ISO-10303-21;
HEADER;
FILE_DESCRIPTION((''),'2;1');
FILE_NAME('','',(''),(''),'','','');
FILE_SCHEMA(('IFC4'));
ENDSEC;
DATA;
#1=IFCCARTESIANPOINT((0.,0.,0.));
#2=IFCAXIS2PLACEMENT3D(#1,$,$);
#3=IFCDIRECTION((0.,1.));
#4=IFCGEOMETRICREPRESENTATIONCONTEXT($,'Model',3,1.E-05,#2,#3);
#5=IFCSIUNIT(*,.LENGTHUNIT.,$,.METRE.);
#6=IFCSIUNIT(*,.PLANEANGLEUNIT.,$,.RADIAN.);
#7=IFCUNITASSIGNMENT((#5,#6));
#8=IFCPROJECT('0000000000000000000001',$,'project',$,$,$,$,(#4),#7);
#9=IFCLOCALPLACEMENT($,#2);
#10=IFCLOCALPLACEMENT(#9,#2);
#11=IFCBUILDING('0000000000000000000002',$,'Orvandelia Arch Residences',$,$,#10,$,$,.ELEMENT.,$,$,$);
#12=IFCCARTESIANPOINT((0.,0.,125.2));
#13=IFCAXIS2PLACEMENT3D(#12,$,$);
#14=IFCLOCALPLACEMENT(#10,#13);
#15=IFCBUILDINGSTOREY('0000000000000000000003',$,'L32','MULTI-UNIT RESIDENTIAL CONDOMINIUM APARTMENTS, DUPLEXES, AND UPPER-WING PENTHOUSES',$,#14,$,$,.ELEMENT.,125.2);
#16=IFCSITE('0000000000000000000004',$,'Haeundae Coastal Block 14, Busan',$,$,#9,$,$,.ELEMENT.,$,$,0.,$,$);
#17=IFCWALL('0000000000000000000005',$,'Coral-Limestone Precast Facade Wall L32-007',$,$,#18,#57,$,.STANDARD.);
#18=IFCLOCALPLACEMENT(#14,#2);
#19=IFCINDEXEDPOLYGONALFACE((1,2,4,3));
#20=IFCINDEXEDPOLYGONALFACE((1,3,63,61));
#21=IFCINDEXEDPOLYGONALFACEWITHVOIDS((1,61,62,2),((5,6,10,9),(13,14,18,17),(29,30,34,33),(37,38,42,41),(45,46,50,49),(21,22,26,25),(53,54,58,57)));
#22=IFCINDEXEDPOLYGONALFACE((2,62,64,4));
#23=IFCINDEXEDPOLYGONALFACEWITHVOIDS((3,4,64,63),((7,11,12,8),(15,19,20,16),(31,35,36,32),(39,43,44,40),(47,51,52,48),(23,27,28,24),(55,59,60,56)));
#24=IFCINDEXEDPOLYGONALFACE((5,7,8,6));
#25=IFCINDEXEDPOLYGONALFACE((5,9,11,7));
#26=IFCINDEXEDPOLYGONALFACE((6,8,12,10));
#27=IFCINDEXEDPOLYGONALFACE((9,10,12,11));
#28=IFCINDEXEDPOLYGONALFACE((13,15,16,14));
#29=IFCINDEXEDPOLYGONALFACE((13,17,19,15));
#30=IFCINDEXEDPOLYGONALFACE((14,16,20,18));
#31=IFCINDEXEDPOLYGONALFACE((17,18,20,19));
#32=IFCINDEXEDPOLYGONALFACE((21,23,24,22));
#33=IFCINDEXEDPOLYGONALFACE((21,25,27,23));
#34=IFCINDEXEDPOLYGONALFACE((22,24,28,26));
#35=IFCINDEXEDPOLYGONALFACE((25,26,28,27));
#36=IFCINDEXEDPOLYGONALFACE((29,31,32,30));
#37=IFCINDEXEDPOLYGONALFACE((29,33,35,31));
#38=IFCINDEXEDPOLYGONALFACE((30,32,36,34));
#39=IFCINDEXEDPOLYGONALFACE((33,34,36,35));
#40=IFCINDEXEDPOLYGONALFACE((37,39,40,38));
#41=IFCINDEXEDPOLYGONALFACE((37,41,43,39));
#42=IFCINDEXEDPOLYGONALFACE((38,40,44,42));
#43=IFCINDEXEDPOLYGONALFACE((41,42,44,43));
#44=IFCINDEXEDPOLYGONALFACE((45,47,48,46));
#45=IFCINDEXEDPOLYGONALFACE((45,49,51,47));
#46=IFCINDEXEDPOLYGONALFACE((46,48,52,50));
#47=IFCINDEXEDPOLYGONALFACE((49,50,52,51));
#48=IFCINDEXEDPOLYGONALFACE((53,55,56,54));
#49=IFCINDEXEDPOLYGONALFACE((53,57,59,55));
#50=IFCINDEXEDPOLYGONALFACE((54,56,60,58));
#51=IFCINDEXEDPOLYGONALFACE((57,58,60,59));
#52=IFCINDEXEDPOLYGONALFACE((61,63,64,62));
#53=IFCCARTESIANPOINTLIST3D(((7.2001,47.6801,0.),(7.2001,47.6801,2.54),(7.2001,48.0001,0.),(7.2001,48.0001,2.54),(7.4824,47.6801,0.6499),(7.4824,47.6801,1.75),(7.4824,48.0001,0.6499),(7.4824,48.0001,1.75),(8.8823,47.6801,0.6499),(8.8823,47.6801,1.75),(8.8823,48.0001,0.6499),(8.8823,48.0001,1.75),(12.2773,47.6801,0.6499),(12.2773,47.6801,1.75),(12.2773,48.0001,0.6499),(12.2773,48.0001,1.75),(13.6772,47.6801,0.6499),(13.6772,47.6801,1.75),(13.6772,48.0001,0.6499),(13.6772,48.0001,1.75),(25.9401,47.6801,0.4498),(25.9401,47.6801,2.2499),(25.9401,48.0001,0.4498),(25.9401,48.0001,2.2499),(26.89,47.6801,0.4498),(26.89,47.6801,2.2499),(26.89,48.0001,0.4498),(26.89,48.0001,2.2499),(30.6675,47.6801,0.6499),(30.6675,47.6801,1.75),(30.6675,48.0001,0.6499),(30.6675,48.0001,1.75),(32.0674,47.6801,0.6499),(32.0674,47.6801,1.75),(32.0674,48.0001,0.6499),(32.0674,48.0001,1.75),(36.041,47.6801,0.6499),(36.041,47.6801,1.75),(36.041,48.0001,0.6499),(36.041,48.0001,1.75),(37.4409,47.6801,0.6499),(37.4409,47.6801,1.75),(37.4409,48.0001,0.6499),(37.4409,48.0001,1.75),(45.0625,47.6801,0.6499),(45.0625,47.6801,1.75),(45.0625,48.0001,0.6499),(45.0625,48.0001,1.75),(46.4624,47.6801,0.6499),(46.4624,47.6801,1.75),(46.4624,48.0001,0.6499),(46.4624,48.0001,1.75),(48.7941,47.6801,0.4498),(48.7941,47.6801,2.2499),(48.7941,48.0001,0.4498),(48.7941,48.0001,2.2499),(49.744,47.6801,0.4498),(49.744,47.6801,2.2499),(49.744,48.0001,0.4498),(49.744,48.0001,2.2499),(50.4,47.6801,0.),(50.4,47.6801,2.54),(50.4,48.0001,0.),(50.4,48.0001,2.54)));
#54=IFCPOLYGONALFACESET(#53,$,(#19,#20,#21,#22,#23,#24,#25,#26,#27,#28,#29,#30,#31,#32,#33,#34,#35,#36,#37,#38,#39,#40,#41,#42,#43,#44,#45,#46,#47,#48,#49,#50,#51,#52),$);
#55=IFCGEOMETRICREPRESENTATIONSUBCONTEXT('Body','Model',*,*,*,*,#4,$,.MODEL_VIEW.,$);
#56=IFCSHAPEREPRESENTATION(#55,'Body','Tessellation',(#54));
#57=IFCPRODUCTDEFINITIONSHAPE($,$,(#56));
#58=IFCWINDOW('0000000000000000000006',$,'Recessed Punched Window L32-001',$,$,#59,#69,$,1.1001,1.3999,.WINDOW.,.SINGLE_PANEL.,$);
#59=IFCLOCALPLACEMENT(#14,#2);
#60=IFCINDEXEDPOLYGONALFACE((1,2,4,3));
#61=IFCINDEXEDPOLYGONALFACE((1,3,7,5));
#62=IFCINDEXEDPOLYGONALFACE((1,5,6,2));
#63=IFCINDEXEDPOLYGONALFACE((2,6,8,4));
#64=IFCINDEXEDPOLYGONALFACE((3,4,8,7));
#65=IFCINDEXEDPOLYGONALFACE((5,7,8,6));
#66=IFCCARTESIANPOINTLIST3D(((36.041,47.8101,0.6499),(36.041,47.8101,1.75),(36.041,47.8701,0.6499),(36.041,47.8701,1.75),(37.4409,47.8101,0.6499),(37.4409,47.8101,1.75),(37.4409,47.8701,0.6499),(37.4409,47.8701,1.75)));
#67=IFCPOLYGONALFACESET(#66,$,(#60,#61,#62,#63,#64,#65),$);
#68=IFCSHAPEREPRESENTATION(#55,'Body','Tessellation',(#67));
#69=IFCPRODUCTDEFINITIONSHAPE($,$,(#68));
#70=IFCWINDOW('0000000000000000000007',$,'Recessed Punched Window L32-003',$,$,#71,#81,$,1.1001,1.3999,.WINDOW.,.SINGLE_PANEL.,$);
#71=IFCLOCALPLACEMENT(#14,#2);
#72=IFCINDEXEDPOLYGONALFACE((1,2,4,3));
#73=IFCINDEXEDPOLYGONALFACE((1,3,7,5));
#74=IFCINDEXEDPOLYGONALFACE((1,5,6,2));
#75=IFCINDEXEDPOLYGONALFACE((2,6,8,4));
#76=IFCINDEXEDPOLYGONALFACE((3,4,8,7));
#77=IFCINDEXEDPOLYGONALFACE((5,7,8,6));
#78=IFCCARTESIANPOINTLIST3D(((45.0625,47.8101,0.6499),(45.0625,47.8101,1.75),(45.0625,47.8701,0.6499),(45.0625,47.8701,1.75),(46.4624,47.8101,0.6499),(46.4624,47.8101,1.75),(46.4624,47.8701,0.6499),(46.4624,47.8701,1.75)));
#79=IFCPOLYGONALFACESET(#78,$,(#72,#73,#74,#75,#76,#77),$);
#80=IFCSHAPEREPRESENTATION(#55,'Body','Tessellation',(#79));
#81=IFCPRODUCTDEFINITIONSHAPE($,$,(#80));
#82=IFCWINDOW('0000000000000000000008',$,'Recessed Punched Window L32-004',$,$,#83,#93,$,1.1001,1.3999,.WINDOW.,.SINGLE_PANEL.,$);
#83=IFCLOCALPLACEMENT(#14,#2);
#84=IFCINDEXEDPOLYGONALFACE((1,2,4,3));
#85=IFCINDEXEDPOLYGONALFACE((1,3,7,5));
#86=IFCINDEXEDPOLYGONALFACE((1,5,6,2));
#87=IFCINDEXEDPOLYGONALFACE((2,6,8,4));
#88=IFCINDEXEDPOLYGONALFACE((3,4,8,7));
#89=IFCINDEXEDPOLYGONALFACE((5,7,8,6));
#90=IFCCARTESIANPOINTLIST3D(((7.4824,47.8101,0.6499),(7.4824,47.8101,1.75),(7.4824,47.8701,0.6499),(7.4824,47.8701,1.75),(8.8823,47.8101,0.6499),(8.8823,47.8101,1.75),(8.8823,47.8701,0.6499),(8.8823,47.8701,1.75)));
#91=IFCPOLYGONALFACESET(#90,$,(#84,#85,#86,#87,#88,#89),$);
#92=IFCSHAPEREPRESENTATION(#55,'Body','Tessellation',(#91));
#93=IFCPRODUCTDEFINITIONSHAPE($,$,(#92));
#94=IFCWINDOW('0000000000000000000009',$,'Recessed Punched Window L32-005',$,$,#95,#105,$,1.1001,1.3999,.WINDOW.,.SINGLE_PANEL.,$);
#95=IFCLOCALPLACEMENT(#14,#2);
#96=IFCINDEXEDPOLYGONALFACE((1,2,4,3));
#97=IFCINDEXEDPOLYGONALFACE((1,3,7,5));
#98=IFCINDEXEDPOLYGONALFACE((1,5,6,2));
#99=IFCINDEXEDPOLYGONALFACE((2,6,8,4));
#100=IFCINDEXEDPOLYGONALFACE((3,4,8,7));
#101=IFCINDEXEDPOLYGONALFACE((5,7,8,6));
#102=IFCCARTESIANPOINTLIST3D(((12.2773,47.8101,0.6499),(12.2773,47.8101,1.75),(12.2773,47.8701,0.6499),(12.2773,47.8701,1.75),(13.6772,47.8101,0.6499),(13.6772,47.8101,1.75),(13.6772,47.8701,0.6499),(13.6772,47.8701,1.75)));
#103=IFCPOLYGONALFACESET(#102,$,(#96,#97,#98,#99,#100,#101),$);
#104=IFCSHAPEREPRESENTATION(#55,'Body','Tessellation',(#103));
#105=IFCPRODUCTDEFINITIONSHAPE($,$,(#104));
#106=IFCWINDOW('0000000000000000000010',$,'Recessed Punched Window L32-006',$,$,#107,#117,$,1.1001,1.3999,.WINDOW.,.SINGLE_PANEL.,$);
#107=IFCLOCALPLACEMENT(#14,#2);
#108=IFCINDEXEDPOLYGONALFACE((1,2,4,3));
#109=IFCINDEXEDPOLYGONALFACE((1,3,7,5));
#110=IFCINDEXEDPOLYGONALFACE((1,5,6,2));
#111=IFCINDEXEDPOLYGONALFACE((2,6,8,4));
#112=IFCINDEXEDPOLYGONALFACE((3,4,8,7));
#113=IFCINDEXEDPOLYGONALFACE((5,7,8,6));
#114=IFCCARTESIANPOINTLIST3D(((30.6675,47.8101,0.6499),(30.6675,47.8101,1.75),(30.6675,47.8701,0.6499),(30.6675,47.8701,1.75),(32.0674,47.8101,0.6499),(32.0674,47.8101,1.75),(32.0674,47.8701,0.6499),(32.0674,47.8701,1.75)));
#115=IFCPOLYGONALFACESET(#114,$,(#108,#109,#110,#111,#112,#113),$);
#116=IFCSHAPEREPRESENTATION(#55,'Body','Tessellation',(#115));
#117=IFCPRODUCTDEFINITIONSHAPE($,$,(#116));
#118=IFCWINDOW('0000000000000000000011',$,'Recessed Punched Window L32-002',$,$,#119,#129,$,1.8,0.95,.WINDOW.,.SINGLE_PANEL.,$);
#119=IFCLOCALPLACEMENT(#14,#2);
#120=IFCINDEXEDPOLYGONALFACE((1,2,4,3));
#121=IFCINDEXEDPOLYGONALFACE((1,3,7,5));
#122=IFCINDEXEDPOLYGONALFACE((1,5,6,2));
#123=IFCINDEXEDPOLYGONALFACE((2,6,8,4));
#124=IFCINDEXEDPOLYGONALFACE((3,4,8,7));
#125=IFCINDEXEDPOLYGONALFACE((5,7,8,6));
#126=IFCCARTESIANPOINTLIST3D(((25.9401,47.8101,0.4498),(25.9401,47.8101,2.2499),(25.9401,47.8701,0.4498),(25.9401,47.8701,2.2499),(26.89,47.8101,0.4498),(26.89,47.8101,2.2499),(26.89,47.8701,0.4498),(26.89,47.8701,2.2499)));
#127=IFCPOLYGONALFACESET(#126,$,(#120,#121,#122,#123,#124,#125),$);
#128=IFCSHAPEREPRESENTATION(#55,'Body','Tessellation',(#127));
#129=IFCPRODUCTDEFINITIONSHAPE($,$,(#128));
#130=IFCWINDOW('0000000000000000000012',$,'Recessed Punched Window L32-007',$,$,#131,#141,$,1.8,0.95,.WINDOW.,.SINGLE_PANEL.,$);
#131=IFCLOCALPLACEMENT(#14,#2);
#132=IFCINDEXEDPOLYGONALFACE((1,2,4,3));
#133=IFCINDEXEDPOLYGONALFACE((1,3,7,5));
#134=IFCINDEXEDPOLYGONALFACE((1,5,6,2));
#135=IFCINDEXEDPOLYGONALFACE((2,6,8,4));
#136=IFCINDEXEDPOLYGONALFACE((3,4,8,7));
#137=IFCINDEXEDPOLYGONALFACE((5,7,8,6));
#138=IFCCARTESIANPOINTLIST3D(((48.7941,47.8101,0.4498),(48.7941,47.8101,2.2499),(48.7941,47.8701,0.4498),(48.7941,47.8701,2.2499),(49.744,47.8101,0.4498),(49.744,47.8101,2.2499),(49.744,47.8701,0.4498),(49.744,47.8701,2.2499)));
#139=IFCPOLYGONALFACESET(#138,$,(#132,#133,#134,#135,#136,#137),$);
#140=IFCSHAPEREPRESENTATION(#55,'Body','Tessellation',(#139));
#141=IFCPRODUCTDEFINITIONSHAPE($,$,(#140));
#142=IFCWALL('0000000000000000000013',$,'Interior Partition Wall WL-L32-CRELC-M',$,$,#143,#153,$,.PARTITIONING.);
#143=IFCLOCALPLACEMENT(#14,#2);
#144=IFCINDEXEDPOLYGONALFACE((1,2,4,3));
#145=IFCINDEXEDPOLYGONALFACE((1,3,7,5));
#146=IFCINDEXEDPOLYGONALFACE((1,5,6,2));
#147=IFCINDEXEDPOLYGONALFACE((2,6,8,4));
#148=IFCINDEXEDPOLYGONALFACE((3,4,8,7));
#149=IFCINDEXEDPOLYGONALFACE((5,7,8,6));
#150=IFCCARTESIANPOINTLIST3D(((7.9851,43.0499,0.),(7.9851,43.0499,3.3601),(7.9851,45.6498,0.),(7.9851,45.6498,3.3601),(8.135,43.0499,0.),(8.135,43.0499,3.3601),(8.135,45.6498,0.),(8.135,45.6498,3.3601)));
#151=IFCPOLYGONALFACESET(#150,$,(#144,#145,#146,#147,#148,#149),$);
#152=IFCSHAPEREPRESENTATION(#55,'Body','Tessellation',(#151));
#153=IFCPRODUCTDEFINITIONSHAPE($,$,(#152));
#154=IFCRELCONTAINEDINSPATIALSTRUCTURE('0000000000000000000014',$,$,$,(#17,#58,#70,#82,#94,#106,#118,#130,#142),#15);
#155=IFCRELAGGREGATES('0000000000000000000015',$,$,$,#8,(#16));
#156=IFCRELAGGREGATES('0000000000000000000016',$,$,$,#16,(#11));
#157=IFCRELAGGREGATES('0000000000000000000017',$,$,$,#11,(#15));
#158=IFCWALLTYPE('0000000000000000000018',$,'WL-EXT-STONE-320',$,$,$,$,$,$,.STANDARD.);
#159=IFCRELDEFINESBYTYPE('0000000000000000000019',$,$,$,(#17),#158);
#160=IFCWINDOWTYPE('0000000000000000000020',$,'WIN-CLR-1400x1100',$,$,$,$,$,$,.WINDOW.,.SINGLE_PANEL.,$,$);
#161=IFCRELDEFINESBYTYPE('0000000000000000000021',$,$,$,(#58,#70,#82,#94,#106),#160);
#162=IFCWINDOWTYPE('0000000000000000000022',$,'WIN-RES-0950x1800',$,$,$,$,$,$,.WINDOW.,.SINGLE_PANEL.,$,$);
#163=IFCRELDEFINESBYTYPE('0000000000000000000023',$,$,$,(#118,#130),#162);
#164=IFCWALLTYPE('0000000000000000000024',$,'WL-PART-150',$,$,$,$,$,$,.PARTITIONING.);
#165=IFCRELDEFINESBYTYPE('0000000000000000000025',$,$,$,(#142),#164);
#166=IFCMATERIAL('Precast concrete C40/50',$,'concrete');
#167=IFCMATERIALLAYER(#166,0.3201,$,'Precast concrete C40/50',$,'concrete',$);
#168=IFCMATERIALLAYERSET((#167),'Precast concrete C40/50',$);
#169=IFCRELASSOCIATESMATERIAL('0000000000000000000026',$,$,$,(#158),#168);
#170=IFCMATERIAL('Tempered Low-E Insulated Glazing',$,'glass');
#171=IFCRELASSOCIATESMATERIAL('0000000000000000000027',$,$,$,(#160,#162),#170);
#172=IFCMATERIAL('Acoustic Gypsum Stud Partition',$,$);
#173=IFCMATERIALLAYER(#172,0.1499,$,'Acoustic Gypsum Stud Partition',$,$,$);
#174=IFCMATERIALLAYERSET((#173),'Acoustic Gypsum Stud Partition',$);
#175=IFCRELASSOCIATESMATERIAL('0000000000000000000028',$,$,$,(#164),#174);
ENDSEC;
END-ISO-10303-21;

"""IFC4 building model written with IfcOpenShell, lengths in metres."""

from ifc_helpers import new_model, si_unit, direction, frame, frame_2d, origin, place, context, subcontext, project, spatial, rectangle, extrude, material, layer, layer_set, type_object, element, fill, save


model = new_model("IFC4")

# Units and contexts
model_context = context("Model", 3, precision=1e-05, world=origin(), true_north=direction((0.0, 1.0)))
body_context = subcontext(model_context, "Body", "Model", "MODEL_VIEW")
ifc_project = project(units=[si_unit("LENGTHUNIT", "METRE"), si_unit("PLANEANGLEUNIT", "RADIAN")], contexts=[model_context])

# Site, building, storey
site_placement = place(None, origin())
site = spatial("IfcSite", under=ifc_project, at=site_placement, Name="Haeundae Coastal Block 14, Busan", CompositionType="ELEMENT", RefElevation=0.0)
building_placement = place(site_placement, origin())
building = spatial("IfcBuilding", under=site, at=building_placement, Name="Orvandelia Arch Residences", CompositionType="ELEMENT")
storey_placement = place(building_placement, frame((0.0, 0.0, 125.2)))
storey = spatial("IfcBuildingStorey", under=building, at=storey_placement, Name="L32", Description="MULTI-UNIT RESIDENTIAL CONDOMINIUM APARTMENTS, DUPLEXES, AND UPPER-WING PENTHOUSES", CompositionType="ELEMENT", Elevation=125.2)

# Wall, openings, windows
ifc_material_1 = material(Name="Precast concrete C40/50", Category="concrete")
ifc_layer_1 = layer(ifc_material_1, 0.3201, Name="Precast concrete C40/50", Category="concrete")
ifc_layer_set_1 = layer_set([ifc_layer_1], Name="Precast concrete C40/50")
wall_type_1 = type_object("IfcWallType", Name="WL-EXT-STONE-320", PredefinedType="STANDARD", material=ifc_layer_set_1)
wall_1_placement = place(storey_placement, frame((7.2, 47.8401, 0.0), z_axis=(0.0, 0.0, 1.0), x_axis=(1.0, 0.0, 0.0)))
wall_1 = element("IfcWall", 1, at=wall_1_placement, inside=storey, type_object=wall_type_1, Name="Coral-Limestone Precast Facade Wall L32-007", PredefinedType="STANDARD", context=body_context, shape_type="SweptSolid", body=[
    extrude(rectangle(XDim=43.2, YDim=0.3201, at=frame_2d((21.6001, 0.0))), origin(), (0.0, 0.0, 1.0), 2.54),
])
opening_1_placement = place(wall_1_placement, frame((28.8411, 0.0, 0.6499)))
opening_1 = element("IfcOpeningElement", 2, at=opening_1_placement, cuts=wall_1, PredefinedType="OPENING", context=body_context, shape_type="SweptSolid", body=[
    extrude(rectangle(XDim=1.3999, YDim=1.1001, at=frame_2d((0.7, 0.55))), frame((0.0, 0.1699, 0.0), z_axis=(0.0, -1.0, 0.0), x_axis=(1.0, 0.0, 0.0)), (0.0, 0.0, 1.0), 0.3401),
])
opening_2_placement = place(wall_1_placement, frame((18.74, 0.0, 0.45)))
opening_2 = element("IfcOpeningElement", 3, at=opening_2_placement, cuts=wall_1, PredefinedType="OPENING", context=body_context, shape_type="SweptSolid", body=[
    extrude(rectangle(XDim=0.95, YDim=1.8, at=frame_2d((0.4751, 0.8999))), frame((0.0, 0.1699, 0.0), z_axis=(0.0, -1.0, 0.0), x_axis=(1.0, 0.0, 0.0)), (0.0, 0.0, 1.0), 0.3401),
])
opening_3_placement = place(wall_1_placement, frame((37.8625, 0.0, 0.6499)))
opening_3 = element("IfcOpeningElement", 4, at=opening_3_placement, cuts=wall_1, PredefinedType="OPENING", context=body_context, shape_type="SweptSolid", body=[
    extrude(rectangle(XDim=1.3999, YDim=1.1001, at=frame_2d((0.7, 0.55))), frame((0.0, 0.1699, 0.0), z_axis=(0.0, -1.0, 0.0), x_axis=(1.0, 0.0, 0.0)), (0.0, 0.0, 1.0), 0.3401),
])
opening_4_placement = place(wall_1_placement, frame((0.2825, 0.0, 0.6499)))
opening_4 = element("IfcOpeningElement", 5, at=opening_4_placement, cuts=wall_1, PredefinedType="OPENING", context=body_context, shape_type="SweptSolid", body=[
    extrude(rectangle(XDim=1.3999, YDim=1.1001, at=frame_2d((0.7, 0.55))), frame((0.0, 0.1699, 0.0), z_axis=(0.0, -1.0, 0.0), x_axis=(1.0, 0.0, 0.0)), (0.0, 0.0, 1.0), 0.3401),
])
opening_5_placement = place(wall_1_placement, frame((5.0774, 0.0, 0.6499)))
opening_5 = element("IfcOpeningElement", 6, at=opening_5_placement, cuts=wall_1, PredefinedType="OPENING", context=body_context, shape_type="SweptSolid", body=[
    extrude(rectangle(XDim=1.3999, YDim=1.1001, at=frame_2d((0.7, 0.55))), frame((0.0, 0.1699, 0.0), z_axis=(0.0, -1.0, 0.0), x_axis=(1.0, 0.0, 0.0)), (0.0, 0.0, 1.0), 0.3401),
])
opening_6_placement = place(wall_1_placement, frame((23.4675, 0.0, 0.6499)))
opening_6 = element("IfcOpeningElement", 7, at=opening_6_placement, cuts=wall_1, PredefinedType="OPENING", context=body_context, shape_type="SweptSolid", body=[
    extrude(rectangle(XDim=1.3999, YDim=1.1001, at=frame_2d((0.7, 0.55))), frame((0.0, 0.1699, 0.0), z_axis=(0.0, -1.0, 0.0), x_axis=(1.0, 0.0, 0.0)), (0.0, 0.0, 1.0), 0.3401),
])
opening_7_placement = place(wall_1_placement, frame((41.594, 0.0, 0.45)))
opening_7 = element("IfcOpeningElement", 8, at=opening_7_placement, cuts=wall_1, PredefinedType="OPENING", context=body_context, shape_type="SweptSolid", body=[
    extrude(rectangle(XDim=0.95, YDim=1.8, at=frame_2d((0.4751, 0.8999))), frame((0.0, 0.1699, 0.0), z_axis=(0.0, -1.0, 0.0), x_axis=(1.0, 0.0, 0.0)), (0.0, 0.0, 1.0), 0.3401),
])
ifc_material_2 = material(Name="Tempered Low-E Insulated Glazing", Category="glass")
window_type_1 = type_object("IfcWindowType", Name="WIN-CLR-1400x1100", PartitioningType="SINGLE_PANEL", PredefinedType="WINDOW", material=ifc_material_2)
window_1_placement = place(opening_1_placement, origin())
window_1 = element("IfcWindow", 9, at=window_1_placement, inside=storey, type_object=window_type_1, Name="Recessed Punched Window L32-001", OverallHeight=1.1001, OverallWidth=1.3999, PartitioningType="SINGLE_PANEL", PredefinedType="WINDOW", context=body_context, shape_type="SweptSolid", body=[
    extrude(rectangle(XDim=1.3999, YDim=1.1001, at=frame_2d((0.7, 0.55))), frame((0.0, 0.03, 0.0), z_axis=(0.0, -1.0, 0.0), x_axis=(1.0, 0.0, 0.0)), (0.0, 0.0, 1.0), 0.0601),
])
fill(opening_1, window_1)
window_2_placement = place(opening_3_placement, origin())
window_2 = element("IfcWindow", 10, at=window_2_placement, inside=storey, type_object=window_type_1, Name="Recessed Punched Window L32-003", OverallHeight=1.1001, OverallWidth=1.3999, PartitioningType="SINGLE_PANEL", PredefinedType="WINDOW", context=body_context, shape_type="SweptSolid", body=[
    extrude(rectangle(XDim=1.3999, YDim=1.1001, at=frame_2d((0.7, 0.55))), frame((0.0, 0.03, 0.0), z_axis=(0.0, -1.0, 0.0), x_axis=(1.0, 0.0, 0.0)), (0.0, 0.0, 1.0), 0.0601),
])
fill(opening_3, window_2)
window_3_placement = place(opening_4_placement, origin())
window_3 = element("IfcWindow", 11, at=window_3_placement, inside=storey, type_object=window_type_1, Name="Recessed Punched Window L32-004", OverallHeight=1.1001, OverallWidth=1.3999, PartitioningType="SINGLE_PANEL", PredefinedType="WINDOW", context=body_context, shape_type="SweptSolid", body=[
    extrude(rectangle(XDim=1.3999, YDim=1.1001, at=frame_2d((0.7, 0.55))), frame((0.0, 0.03, 0.0), z_axis=(0.0, -1.0, 0.0), x_axis=(1.0, 0.0, 0.0)), (0.0, 0.0, 1.0), 0.0601),
])
fill(opening_4, window_3)
window_4_placement = place(opening_5_placement, origin())
window_4 = element("IfcWindow", 12, at=window_4_placement, inside=storey, type_object=window_type_1, Name="Recessed Punched Window L32-005", OverallHeight=1.1001, OverallWidth=1.3999, PartitioningType="SINGLE_PANEL", PredefinedType="WINDOW", context=body_context, shape_type="SweptSolid", body=[
    extrude(rectangle(XDim=1.3999, YDim=1.1001, at=frame_2d((0.7, 0.55))), frame((0.0, 0.03, 0.0), z_axis=(0.0, -1.0, 0.0), x_axis=(1.0, 0.0, 0.0)), (0.0, 0.0, 1.0), 0.0601),
])
fill(opening_5, window_4)
window_5_placement = place(opening_6_placement, origin())
window_5 = element("IfcWindow", 13, at=window_5_placement, inside=storey, type_object=window_type_1, Name="Recessed Punched Window L32-006", OverallHeight=1.1001, OverallWidth=1.3999, PartitioningType="SINGLE_PANEL", PredefinedType="WINDOW", context=body_context, shape_type="SweptSolid", body=[
    extrude(rectangle(XDim=1.3999, YDim=1.1001, at=frame_2d((0.7, 0.55))), frame((0.0, 0.03, 0.0), z_axis=(0.0, -1.0, 0.0), x_axis=(1.0, 0.0, 0.0)), (0.0, 0.0, 1.0), 0.0601),
])
fill(opening_6, window_5)
window_type_2 = type_object("IfcWindowType", Name="WIN-RES-0950x1800", PartitioningType="SINGLE_PANEL", PredefinedType="WINDOW", material=ifc_material_2)
window_6_placement = place(opening_2_placement, origin())
window_6 = element("IfcWindow", 14, at=window_6_placement, inside=storey, type_object=window_type_2, Name="Recessed Punched Window L32-002", OverallHeight=1.8, OverallWidth=0.95, PartitioningType="SINGLE_PANEL", PredefinedType="WINDOW", context=body_context, shape_type="SweptSolid", body=[
    extrude(rectangle(XDim=0.95, YDim=1.8, at=frame_2d((0.4751, 0.8999))), frame((0.0, 0.03, 0.0), z_axis=(0.0, -1.0, 0.0), x_axis=(1.0, 0.0, 0.0)), (0.0, 0.0, 1.0), 0.0601),
])
fill(opening_2, window_6)
window_7_placement = place(opening_7_placement, origin())
window_7 = element("IfcWindow", 15, at=window_7_placement, inside=storey, type_object=window_type_2, Name="Recessed Punched Window L32-007", OverallHeight=1.8, OverallWidth=0.95, PartitioningType="SINGLE_PANEL", PredefinedType="WINDOW", context=body_context, shape_type="SweptSolid", body=[
    extrude(rectangle(XDim=0.95, YDim=1.8, at=frame_2d((0.4751, 0.8999))), frame((0.0, 0.03, 0.0), z_axis=(0.0, -1.0, 0.0), x_axis=(1.0, 0.0, 0.0)), (0.0, 0.0, 1.0), 0.0601),
])
fill(opening_7, window_7)

# Wall
ifc_material_3 = material(Name="Acoustic Gypsum Stud Partition")
ifc_layer_2 = layer(ifc_material_3, 0.1499, Name="Acoustic Gypsum Stud Partition")
ifc_layer_set_2 = layer_set([ifc_layer_2], Name="Acoustic Gypsum Stud Partition")
wall_type_2 = type_object("IfcWallType", Name="WL-PART-150", PredefinedType="PARTITIONING", material=ifc_layer_set_2)
wall_2_placement = place(storey_placement, frame((8.0601, 43.05, 0.0), z_axis=(0.0, 0.0, 1.0), x_axis=(0.0, 1.0, 0.0)))
element("IfcWall", 16, at=wall_2_placement, inside=storey, type_object=wall_type_2, Name="Interior Partition Wall WL-L32-CRELC-M", PredefinedType="PARTITIONING", context=body_context, shape_type="SweptSolid", body=[
    extrude(rectangle(XDim=2.5999, YDim=0.1499, at=frame_2d((1.2998, 0.0))), origin(), (0.0, 0.0, 1.0), 3.3601),
])

save(model, "model.ifc")
